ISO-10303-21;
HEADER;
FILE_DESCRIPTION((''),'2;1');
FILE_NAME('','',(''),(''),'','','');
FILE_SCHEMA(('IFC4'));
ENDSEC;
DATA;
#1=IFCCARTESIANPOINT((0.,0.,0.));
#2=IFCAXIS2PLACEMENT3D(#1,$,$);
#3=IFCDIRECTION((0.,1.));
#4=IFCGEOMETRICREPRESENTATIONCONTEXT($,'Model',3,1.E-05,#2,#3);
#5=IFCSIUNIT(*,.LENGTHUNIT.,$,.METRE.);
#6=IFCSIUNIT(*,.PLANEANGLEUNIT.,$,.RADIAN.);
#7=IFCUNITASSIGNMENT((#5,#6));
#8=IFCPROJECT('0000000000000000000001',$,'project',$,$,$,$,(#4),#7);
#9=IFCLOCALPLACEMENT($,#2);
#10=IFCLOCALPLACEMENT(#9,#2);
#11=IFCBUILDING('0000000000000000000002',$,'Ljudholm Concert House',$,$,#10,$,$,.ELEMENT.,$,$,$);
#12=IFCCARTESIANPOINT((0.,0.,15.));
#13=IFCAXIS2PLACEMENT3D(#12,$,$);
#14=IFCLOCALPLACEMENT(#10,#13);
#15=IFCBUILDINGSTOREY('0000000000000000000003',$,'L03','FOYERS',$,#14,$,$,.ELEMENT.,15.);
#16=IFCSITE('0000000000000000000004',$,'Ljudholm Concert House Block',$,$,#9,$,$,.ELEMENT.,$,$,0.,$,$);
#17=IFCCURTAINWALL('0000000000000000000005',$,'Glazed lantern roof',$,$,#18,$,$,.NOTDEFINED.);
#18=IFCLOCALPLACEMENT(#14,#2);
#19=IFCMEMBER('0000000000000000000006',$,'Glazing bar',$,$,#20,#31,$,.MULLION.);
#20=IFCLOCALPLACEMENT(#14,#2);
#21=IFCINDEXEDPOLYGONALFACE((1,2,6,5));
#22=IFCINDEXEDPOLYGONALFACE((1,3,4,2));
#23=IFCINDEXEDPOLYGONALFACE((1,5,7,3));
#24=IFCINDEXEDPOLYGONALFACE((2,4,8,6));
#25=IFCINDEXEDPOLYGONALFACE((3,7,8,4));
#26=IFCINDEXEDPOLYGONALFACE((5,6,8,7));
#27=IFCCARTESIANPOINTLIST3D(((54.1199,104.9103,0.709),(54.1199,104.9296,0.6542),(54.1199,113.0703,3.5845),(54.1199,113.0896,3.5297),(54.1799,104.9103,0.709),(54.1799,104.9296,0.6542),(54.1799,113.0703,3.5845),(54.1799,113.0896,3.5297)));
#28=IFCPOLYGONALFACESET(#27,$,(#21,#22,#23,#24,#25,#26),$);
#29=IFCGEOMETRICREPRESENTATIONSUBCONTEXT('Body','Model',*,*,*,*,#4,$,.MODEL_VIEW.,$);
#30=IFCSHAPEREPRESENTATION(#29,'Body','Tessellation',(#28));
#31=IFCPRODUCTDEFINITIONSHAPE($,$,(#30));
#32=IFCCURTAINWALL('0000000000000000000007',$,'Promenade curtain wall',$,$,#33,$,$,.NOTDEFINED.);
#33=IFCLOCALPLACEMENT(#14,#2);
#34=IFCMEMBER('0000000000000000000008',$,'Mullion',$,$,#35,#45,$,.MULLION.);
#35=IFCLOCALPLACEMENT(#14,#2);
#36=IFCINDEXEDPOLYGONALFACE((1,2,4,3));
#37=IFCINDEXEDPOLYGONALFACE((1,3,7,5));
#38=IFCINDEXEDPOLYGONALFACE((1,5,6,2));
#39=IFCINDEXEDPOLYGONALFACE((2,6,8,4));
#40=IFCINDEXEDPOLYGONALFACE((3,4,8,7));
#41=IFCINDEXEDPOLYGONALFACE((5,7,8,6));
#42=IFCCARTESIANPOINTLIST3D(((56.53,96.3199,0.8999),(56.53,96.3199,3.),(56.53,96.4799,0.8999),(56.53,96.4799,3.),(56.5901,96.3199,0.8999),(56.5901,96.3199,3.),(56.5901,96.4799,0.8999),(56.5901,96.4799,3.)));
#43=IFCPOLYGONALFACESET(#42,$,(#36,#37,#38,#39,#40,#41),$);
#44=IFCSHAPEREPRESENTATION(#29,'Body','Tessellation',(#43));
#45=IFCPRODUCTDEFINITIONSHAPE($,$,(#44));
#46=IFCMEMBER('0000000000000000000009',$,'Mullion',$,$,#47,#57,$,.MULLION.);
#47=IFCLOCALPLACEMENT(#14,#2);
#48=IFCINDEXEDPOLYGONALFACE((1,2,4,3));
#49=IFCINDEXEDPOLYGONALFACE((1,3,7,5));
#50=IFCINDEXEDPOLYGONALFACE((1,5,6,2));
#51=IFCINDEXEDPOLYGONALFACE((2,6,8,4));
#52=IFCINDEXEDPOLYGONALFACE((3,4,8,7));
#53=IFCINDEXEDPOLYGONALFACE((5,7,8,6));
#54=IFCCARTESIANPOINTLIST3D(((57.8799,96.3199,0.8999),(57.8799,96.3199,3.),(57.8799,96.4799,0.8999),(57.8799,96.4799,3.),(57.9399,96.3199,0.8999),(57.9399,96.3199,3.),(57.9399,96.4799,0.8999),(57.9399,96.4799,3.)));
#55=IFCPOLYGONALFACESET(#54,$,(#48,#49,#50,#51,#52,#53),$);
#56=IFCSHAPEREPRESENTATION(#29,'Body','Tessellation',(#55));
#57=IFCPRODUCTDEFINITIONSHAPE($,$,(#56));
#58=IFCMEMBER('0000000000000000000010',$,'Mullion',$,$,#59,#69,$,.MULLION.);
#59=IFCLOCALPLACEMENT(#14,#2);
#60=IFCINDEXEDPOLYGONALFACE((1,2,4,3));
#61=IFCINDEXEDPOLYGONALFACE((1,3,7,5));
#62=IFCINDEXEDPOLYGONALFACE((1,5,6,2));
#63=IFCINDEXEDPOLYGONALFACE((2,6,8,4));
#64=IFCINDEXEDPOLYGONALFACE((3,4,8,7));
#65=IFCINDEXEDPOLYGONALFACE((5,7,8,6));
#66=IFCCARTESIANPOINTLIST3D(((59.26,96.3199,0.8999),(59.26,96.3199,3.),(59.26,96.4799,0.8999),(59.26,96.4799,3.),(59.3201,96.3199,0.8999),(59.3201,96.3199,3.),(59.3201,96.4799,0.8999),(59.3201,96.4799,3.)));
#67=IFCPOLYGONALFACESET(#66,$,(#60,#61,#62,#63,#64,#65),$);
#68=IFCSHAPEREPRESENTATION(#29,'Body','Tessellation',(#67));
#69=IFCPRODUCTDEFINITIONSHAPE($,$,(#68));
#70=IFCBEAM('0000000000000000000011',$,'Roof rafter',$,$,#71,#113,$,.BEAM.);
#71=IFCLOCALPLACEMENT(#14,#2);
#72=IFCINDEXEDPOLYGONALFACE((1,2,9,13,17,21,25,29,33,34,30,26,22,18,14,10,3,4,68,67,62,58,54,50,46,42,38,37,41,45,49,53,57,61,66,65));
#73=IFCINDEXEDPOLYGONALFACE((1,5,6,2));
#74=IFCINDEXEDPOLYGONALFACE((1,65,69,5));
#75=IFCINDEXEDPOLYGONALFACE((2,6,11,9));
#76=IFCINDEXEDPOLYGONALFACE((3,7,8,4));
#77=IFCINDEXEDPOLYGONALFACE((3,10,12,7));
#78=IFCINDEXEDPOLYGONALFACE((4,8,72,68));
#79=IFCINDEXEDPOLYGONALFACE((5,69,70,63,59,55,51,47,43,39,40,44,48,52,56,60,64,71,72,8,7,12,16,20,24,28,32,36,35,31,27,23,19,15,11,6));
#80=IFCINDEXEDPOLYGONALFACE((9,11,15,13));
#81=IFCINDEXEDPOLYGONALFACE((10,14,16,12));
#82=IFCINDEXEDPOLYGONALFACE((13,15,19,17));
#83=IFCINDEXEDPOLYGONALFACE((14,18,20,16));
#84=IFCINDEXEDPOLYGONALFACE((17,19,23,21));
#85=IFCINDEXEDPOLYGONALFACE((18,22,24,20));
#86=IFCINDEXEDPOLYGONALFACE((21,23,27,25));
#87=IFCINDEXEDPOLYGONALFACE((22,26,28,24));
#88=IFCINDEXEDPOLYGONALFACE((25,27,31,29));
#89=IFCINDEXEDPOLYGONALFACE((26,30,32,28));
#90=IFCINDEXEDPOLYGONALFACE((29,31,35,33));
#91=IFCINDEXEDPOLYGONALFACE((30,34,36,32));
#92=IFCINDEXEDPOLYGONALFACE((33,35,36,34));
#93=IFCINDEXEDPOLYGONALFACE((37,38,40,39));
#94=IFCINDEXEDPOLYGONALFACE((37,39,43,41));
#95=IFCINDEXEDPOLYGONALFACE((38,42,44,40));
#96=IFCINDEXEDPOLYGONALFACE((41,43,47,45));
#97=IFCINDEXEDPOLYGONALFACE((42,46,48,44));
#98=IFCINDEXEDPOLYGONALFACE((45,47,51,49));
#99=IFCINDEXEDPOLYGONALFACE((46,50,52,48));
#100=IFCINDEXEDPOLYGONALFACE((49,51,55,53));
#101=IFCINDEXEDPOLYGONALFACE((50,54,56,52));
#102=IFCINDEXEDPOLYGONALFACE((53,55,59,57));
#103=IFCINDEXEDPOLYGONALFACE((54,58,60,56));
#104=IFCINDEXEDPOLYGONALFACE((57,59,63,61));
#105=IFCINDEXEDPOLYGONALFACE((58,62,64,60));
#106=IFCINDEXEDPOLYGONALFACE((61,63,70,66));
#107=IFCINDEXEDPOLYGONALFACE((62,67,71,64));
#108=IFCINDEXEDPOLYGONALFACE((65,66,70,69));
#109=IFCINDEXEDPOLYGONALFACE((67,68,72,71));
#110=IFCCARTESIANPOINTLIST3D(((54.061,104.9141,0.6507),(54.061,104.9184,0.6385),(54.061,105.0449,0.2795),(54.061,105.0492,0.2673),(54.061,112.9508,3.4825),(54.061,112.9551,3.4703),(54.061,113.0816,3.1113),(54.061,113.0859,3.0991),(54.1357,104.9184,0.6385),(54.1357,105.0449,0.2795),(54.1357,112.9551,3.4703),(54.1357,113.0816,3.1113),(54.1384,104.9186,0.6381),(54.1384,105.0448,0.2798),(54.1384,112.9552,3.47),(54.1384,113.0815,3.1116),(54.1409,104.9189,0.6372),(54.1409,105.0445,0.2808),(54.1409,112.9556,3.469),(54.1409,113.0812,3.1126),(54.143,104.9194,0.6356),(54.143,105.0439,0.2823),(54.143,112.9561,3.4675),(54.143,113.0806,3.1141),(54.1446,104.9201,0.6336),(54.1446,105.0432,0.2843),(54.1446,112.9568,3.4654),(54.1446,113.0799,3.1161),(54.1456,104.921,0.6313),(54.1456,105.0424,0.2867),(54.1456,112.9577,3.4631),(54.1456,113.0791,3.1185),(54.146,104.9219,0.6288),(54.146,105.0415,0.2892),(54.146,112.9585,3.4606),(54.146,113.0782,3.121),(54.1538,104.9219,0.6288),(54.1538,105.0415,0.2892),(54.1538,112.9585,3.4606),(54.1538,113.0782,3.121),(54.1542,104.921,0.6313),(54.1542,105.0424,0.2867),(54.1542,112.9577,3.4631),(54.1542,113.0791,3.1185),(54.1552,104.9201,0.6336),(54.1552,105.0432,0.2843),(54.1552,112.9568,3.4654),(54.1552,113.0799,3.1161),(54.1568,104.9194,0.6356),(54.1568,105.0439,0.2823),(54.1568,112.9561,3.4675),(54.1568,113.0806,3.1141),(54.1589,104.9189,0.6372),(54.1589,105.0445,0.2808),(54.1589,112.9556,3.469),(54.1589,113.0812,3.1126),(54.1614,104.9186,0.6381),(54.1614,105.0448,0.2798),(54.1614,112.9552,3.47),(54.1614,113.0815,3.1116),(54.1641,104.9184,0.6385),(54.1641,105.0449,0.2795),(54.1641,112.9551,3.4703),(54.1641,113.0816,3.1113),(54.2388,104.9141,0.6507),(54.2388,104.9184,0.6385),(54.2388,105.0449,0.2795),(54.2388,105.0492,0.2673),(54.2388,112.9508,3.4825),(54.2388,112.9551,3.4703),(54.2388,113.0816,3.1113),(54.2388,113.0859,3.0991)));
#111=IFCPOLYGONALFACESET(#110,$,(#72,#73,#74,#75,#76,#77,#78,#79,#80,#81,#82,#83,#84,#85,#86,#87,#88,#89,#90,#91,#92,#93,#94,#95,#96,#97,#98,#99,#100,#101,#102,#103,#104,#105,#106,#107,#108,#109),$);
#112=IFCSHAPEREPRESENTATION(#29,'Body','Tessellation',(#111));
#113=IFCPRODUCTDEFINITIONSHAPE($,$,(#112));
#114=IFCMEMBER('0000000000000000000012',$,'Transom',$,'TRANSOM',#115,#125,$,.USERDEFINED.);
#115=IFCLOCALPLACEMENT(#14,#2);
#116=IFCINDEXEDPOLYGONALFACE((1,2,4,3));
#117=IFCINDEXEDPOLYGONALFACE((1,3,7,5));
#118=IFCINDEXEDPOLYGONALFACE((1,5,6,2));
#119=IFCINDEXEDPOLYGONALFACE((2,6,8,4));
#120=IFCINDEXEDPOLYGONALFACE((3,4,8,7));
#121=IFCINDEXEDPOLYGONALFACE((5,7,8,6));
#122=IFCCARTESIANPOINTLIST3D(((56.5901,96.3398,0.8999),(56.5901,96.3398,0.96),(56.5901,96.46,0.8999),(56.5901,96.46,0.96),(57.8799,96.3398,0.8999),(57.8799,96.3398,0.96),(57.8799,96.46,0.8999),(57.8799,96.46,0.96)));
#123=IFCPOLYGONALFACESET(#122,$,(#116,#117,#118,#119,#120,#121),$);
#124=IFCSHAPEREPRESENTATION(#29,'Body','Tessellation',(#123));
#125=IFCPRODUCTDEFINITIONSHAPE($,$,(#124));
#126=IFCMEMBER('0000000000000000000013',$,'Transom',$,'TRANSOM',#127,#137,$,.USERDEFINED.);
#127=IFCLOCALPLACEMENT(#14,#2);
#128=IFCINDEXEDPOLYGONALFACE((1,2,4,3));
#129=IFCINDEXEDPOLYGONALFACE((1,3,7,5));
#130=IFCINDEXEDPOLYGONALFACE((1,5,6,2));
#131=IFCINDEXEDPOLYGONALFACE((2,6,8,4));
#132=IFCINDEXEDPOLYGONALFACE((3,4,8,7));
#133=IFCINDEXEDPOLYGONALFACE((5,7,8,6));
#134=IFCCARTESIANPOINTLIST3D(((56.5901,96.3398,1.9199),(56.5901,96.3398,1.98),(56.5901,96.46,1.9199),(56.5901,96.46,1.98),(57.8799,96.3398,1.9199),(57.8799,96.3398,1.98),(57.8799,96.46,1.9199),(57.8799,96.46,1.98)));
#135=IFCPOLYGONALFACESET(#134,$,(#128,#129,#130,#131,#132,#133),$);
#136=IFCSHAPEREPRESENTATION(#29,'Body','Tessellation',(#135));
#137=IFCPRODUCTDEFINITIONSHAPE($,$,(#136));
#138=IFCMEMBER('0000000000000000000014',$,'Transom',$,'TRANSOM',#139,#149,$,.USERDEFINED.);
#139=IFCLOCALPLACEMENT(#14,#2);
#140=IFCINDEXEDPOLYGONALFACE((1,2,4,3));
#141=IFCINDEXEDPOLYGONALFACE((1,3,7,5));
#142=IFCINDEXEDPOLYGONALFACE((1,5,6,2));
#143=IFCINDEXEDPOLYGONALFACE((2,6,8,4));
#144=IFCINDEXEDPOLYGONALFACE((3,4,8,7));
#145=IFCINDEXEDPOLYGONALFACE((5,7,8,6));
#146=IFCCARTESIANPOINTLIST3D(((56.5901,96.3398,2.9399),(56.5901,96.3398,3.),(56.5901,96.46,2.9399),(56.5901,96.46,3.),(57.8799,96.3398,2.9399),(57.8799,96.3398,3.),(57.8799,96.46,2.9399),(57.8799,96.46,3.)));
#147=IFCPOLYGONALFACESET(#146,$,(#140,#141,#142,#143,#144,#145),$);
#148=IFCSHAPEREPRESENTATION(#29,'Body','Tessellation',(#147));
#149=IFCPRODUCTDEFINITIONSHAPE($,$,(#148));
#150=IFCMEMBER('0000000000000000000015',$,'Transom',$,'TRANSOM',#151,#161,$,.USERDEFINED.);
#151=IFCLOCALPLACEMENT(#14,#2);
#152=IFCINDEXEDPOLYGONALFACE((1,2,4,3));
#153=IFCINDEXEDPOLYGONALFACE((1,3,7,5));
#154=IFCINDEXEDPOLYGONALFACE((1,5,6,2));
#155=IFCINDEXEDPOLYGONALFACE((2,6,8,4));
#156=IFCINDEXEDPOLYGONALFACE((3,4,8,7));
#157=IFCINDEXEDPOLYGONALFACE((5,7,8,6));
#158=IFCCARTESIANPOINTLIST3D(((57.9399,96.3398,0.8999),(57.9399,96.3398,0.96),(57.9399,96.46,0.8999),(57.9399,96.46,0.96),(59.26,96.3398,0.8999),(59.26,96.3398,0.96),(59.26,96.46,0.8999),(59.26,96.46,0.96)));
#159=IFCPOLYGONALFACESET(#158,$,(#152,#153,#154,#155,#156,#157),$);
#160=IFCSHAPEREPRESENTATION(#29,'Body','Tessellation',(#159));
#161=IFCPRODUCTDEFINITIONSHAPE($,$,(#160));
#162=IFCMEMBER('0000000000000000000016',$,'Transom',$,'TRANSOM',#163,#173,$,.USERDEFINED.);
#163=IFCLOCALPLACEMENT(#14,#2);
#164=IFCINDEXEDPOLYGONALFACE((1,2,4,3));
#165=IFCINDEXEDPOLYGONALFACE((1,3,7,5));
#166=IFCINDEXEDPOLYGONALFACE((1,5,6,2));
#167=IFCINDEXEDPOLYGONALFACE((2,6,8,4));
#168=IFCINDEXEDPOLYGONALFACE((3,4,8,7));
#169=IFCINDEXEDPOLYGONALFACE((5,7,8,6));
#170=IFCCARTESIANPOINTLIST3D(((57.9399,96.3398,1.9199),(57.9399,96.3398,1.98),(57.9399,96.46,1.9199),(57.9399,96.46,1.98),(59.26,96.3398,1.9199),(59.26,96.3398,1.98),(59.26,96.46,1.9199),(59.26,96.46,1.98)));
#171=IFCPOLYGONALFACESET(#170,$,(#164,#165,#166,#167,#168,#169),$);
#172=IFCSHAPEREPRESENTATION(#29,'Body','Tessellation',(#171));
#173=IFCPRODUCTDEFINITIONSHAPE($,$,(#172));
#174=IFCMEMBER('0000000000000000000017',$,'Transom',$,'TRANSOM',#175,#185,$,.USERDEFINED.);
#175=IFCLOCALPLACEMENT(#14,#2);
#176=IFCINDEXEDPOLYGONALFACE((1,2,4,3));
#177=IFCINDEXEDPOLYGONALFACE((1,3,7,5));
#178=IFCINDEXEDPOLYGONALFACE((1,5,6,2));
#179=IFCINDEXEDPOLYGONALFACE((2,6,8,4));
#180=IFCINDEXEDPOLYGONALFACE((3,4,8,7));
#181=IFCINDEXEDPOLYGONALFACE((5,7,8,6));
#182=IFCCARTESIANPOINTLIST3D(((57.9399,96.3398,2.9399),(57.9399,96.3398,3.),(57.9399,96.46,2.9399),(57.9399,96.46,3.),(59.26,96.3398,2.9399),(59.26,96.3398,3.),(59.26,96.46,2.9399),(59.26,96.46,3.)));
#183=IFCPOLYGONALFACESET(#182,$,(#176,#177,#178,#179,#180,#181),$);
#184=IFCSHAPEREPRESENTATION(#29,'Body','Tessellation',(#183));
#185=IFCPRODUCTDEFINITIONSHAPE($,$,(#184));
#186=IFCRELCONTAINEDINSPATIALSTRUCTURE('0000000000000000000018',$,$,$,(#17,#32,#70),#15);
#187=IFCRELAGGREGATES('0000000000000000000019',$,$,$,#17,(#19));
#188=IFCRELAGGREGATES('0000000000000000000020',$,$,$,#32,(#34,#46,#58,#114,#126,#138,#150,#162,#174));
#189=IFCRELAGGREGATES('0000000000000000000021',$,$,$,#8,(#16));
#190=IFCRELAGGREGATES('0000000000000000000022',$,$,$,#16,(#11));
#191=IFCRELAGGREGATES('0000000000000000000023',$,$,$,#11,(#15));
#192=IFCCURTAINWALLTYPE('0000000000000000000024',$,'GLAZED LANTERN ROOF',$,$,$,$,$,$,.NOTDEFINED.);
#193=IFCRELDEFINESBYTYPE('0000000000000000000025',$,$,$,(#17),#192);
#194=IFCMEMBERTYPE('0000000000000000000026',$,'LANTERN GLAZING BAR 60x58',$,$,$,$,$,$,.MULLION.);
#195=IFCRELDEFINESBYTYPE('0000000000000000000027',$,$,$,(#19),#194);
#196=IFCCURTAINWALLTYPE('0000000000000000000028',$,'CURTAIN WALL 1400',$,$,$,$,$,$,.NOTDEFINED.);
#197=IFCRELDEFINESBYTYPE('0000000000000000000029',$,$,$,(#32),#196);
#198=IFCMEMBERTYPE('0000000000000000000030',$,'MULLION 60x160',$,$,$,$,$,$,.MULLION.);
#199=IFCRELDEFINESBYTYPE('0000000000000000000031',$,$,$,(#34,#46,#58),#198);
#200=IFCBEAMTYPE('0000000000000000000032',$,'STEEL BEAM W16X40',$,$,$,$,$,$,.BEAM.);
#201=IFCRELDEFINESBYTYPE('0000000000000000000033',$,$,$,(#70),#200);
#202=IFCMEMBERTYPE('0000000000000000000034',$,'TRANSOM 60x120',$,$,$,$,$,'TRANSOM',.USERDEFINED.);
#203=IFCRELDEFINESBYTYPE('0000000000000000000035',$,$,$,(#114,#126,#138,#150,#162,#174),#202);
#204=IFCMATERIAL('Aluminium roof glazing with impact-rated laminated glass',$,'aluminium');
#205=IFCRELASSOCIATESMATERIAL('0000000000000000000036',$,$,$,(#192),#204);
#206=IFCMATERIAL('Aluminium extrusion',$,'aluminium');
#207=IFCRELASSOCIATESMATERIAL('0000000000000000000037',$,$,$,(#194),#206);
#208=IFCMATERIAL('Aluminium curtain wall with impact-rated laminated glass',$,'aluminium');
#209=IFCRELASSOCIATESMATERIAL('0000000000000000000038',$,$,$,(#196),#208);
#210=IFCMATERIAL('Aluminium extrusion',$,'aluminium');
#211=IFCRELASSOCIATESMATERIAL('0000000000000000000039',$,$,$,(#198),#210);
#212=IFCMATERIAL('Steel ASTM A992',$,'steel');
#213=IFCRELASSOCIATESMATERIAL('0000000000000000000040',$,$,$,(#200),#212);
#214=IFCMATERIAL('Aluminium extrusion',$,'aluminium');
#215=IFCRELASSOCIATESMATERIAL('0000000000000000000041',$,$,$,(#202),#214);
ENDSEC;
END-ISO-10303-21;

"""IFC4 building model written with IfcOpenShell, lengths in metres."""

from ifc_helpers import new_model, si_unit, direction, frame, origin, origin_2d, place, context, subcontext, project, spatial, rectangle, i_section, extrude, material, material_profile, profile_set, type_object, element, aggregate, save


model = new_model("IFC4")

# Units and contexts
model_context = context("Model", 3, precision=1e-05, world=origin(), true_north=direction((0.0, 1.0)))
body_context = subcontext(model_context, "Body", "Model", "MODEL_VIEW")
ifc_project = project(units=[si_unit("LENGTHUNIT", "METRE"), si_unit("PLANEANGLEUNIT", "RADIAN")], contexts=[model_context])

# Site, building, storey
site_placement = place(None, origin())
site = spatial("IfcSite", under=ifc_project, at=site_placement, Name="Ljudholm Concert House Block", CompositionType="ELEMENT", RefElevation=0.0)
building_placement = place(site_placement, origin())
building = spatial("IfcBuilding", under=site, at=building_placement, Name="Ljudholm Concert House", CompositionType="ELEMENT")
storey_placement = place(building_placement, frame((0.0, 0.0, 15.0)))
storey = spatial("IfcBuildingStorey", under=building, at=storey_placement, Name="L03", Description="FOYERS", CompositionType="ELEMENT", Elevation=15.0)

# Curtain wall, member
ifc_material_1 = material(Name="Aluminium roof glazing with impact-rated laminated glass", Category="aluminium")
curtain_wall_type_1 = type_object("IfcCurtainWallType", Name="GLAZED LANTERN ROOF", PredefinedType="NOTDEFINED", material=ifc_material_1)
curtain_wall_1_placement = place(storey_placement, origin())
curtain_wall_1 = element("IfcCurtainWall", 1, at=curtain_wall_1_placement, inside=storey, type_object=curtain_wall_type_1, Name="Glazed lantern roof", PredefinedType="NOTDEFINED")
ifc_material_2 = material(Name="Aluminium extrusion", Category="aluminium")
ifc_material_profile_1 = material_profile(ifc_material_2, rectangle(XDim=0.0601, YDim=0.0581, at=origin_2d()), Name="LANTERN GLAZING BAR 60x58")
ifc_profile_set_1 = profile_set([ifc_material_profile_1], Name="Aluminium extrusion")
member_type_1 = type_object("IfcMemberType", Name="LANTERN GLAZING BAR 60x58", PredefinedType="MULLION", material=ifc_profile_set_1)
member_1_placement = place(storey_placement, frame((54.1499, 104.9199, 0.6816), z_axis=(0.0, 0.943156, 0.332351), x_axis=(-1.0, 0.0, 0.0)))
member_1 = element("IfcMember", 2, at=member_1_placement, type_object=member_type_1, Name="Glazing bar", PredefinedType="MULLION", context=body_context, shape_type="SweptSolid", body=[
    extrude(rectangle(XDim=0.0601, YDim=0.0581, at=origin_2d()), origin(), (0.0, 0.0, 1.0), 8.6519),
])
aggregate(curtain_wall_1, [member_1])

# Curtain wall, members
ifc_material_3 = material(Name="Aluminium curtain wall with impact-rated laminated glass", Category="aluminium")
curtain_wall_type_2 = type_object("IfcCurtainWallType", Name="CURTAIN WALL 1400", PredefinedType="NOTDEFINED", material=ifc_material_3)
curtain_wall_2_placement = place(storey_placement, origin())
curtain_wall_2 = element("IfcCurtainWall", 3, at=curtain_wall_2_placement, inside=storey, type_object=curtain_wall_type_2, Name="Promenade curtain wall", PredefinedType="NOTDEFINED")
ifc_material_4 = material(Name="Aluminium extrusion", Category="aluminium")
ifc_material_profile_2 = material_profile(ifc_material_4, rectangle(XDim=0.1599, YDim=0.0601, at=origin_2d()), Name="MULLION 60x160")
ifc_profile_set_2 = profile_set([ifc_material_profile_2], Name="Aluminium extrusion")
member_type_2 = type_object("IfcMemberType", Name="MULLION 60x160", PredefinedType="MULLION", material=ifc_profile_set_2)
member_2_placement = place(storey_placement, frame((56.5601, 96.3999, 0.8999), z_axis=(0.0, 0.0, 1.0), x_axis=(0.0, 1.0, 0.0)))
member_2 = element("IfcMember", 4, at=member_2_placement, type_object=member_type_2, Name="Mullion", PredefinedType="MULLION", context=body_context, shape_type="SweptSolid", body=[
    extrude(rectangle(XDim=0.1599, YDim=0.0601, at=origin_2d()), origin(), (0.0, 0.0, 1.0), 2.1001),
])
member_3_placement = place(storey_placement, frame((57.9099, 96.3999, 0.8999), z_axis=(0.0, 0.0, 1.0), x_axis=(0.0, 1.0, 0.0)))
member_3 = element("IfcMember", 5, at=member_3_placement, type_object=member_type_2, Name="Mullion", PredefinedType="MULLION", context=body_context, shape_type="SweptSolid", body=[
    extrude(rectangle(XDim=0.1599, YDim=0.0601, at=origin_2d()), origin(), (0.0, 0.0, 1.0), 2.1001),
])
member_4_placement = place(storey_placement, frame((59.29, 96.3999, 0.8999), z_axis=(0.0, 0.0, 1.0), x_axis=(0.0, 1.0, 0.0)))
member_4 = element("IfcMember", 6, at=member_4_placement, type_object=member_type_2, Name="Mullion", PredefinedType="MULLION", context=body_context, shape_type="SweptSolid", body=[
    extrude(rectangle(XDim=0.1599, YDim=0.0601, at=origin_2d()), origin(), (0.0, 0.0, 1.0), 2.1001),
])

# Beam
ifc_material_5 = material(Name="Steel ASTM A992", Category="steel")
ifc_material_profile_3 = material_profile(ifc_material_5, i_section(OverallWidth=0.1777, OverallDepth=0.4065, WebThickness=0.0078, FlangeThickness=0.0129, FilletRadius=0.0103, at=origin_2d()), Name="W16X40")
ifc_profile_set_3 = profile_set([ifc_material_profile_3], Name="Steel ASTM A992")
beam_type = type_object("IfcBeamType", Name="STEEL BEAM W16X40", PredefinedType="BEAM", material=ifc_profile_set_3)
beam_placement = place(storey_placement, frame((54.1499, 104.9817, 0.459), z_axis=(0.0, 0.943162, 0.332333), x_axis=(-1.0, 0.0, 0.0)))
element("IfcBeam", 7, at=beam_placement, inside=storey, type_object=beam_type, Name="Roof rafter", PredefinedType="BEAM", context=body_context, shape_type="SweptSolid", body=[
    extrude(i_section(OverallWidth=0.1777, OverallDepth=0.4065, WebThickness=0.0078, FlangeThickness=0.0129, FilletRadius=0.0103, at=origin_2d()), origin(), (0.0, 0.0, 1.0), 8.521),
])

# Members
ifc_material_6 = material(Name="Aluminium extrusion", Category="aluminium")
ifc_material_profile_4 = material_profile(ifc_material_6, rectangle(XDim=0.1201, YDim=0.0601, at=origin_2d()), Name="TRANSOM 60x120")
ifc_profile_set_4 = profile_set([ifc_material_profile_4], Name="Aluminium extrusion")
member_type_3 = type_object("IfcMemberType", Name="TRANSOM 60x120", ElementType="TRANSOM", PredefinedType="USERDEFINED", material=ifc_profile_set_4)
member_5_placement = place(storey_placement, frame((56.5901, 96.3999, 0.9299), z_axis=(1.0, 0.0, 0.0), x_axis=(0.0, 1.0, 0.0)))
member_5 = element("IfcMember", 8, at=member_5_placement, type_object=member_type_3, Name="Transom", ObjectType="TRANSOM", PredefinedType="USERDEFINED", context=body_context, shape_type="SweptSolid", body=[
    extrude(rectangle(XDim=0.1201, YDim=0.0601, at=origin_2d()), origin(), (0.0, 0.0, 1.0), 1.2898),
])
member_6_placement = place(storey_placement, frame((56.5901, 96.3999, 1.95), z_axis=(1.0, 0.0, 0.0), x_axis=(0.0, 1.0, 0.0)))
member_6 = element("IfcMember", 9, at=member_6_placement, type_object=member_type_3, Name="Transom", ObjectType="TRANSOM", PredefinedType="USERDEFINED", context=body_context, shape_type="SweptSolid", body=[
    extrude(rectangle(XDim=0.1201, YDim=0.0601, at=origin_2d()), origin(), (0.0, 0.0, 1.0), 1.2898),
])
member_7_placement = place(storey_placement, frame((56.5901, 96.3999, 2.97), z_axis=(1.0, 0.0, 0.0), x_axis=(0.0, 1.0, 0.0)))
member_7 = element("IfcMember", 10, at=member_7_placement, type_object=member_type_3, Name="Transom", ObjectType="TRANSOM", PredefinedType="USERDEFINED", context=body_context, shape_type="SweptSolid", body=[
    extrude(rectangle(XDim=0.1201, YDim=0.0601, at=origin_2d()), origin(), (0.0, 0.0, 1.0), 1.2898),
])
member_8_placement = place(storey_placement, frame((57.9399, 96.3999, 0.9299), z_axis=(1.0, 0.0, 0.0), x_axis=(0.0, 1.0, 0.0)))
member_8 = element("IfcMember", 11, at=member_8_placement, type_object=member_type_3, Name="Transom", ObjectType="TRANSOM", PredefinedType="USERDEFINED", context=body_context, shape_type="SweptSolid", body=[
    extrude(rectangle(XDim=0.1201, YDim=0.0601, at=origin_2d()), origin(), (0.0, 0.0, 1.0), 1.3201),
])
member_9_placement = place(storey_placement, frame((57.9399, 96.3999, 1.95), z_axis=(1.0, 0.0, 0.0), x_axis=(0.0, 1.0, 0.0)))
member_9 = element("IfcMember", 12, at=member_9_placement, type_object=member_type_3, Name="Transom", ObjectType="TRANSOM", PredefinedType="USERDEFINED", context=body_context, shape_type="SweptSolid", body=[
    extrude(rectangle(XDim=0.1201, YDim=0.0601, at=origin_2d()), origin(), (0.0, 0.0, 1.0), 1.3201),
])
member_10_placement = place(storey_placement, frame((57.9399, 96.3999, 2.97), z_axis=(1.0, 0.0, 0.0), x_axis=(0.0, 1.0, 0.0)))
member_10 = element("IfcMember", 13, at=member_10_placement, type_object=member_type_3, Name="Transom", ObjectType="TRANSOM", PredefinedType="USERDEFINED", context=body_context, shape_type="SweptSolid", body=[
    extrude(rectangle(XDim=0.1201, YDim=0.0601, at=origin_2d()), origin(), (0.0, 0.0, 1.0), 1.3201),
])

aggregate(curtain_wall_2, [member_2, member_3, member_4, member_5, member_6, member_7, member_8, member_9, member_10])

save(model, "model.ifc")
